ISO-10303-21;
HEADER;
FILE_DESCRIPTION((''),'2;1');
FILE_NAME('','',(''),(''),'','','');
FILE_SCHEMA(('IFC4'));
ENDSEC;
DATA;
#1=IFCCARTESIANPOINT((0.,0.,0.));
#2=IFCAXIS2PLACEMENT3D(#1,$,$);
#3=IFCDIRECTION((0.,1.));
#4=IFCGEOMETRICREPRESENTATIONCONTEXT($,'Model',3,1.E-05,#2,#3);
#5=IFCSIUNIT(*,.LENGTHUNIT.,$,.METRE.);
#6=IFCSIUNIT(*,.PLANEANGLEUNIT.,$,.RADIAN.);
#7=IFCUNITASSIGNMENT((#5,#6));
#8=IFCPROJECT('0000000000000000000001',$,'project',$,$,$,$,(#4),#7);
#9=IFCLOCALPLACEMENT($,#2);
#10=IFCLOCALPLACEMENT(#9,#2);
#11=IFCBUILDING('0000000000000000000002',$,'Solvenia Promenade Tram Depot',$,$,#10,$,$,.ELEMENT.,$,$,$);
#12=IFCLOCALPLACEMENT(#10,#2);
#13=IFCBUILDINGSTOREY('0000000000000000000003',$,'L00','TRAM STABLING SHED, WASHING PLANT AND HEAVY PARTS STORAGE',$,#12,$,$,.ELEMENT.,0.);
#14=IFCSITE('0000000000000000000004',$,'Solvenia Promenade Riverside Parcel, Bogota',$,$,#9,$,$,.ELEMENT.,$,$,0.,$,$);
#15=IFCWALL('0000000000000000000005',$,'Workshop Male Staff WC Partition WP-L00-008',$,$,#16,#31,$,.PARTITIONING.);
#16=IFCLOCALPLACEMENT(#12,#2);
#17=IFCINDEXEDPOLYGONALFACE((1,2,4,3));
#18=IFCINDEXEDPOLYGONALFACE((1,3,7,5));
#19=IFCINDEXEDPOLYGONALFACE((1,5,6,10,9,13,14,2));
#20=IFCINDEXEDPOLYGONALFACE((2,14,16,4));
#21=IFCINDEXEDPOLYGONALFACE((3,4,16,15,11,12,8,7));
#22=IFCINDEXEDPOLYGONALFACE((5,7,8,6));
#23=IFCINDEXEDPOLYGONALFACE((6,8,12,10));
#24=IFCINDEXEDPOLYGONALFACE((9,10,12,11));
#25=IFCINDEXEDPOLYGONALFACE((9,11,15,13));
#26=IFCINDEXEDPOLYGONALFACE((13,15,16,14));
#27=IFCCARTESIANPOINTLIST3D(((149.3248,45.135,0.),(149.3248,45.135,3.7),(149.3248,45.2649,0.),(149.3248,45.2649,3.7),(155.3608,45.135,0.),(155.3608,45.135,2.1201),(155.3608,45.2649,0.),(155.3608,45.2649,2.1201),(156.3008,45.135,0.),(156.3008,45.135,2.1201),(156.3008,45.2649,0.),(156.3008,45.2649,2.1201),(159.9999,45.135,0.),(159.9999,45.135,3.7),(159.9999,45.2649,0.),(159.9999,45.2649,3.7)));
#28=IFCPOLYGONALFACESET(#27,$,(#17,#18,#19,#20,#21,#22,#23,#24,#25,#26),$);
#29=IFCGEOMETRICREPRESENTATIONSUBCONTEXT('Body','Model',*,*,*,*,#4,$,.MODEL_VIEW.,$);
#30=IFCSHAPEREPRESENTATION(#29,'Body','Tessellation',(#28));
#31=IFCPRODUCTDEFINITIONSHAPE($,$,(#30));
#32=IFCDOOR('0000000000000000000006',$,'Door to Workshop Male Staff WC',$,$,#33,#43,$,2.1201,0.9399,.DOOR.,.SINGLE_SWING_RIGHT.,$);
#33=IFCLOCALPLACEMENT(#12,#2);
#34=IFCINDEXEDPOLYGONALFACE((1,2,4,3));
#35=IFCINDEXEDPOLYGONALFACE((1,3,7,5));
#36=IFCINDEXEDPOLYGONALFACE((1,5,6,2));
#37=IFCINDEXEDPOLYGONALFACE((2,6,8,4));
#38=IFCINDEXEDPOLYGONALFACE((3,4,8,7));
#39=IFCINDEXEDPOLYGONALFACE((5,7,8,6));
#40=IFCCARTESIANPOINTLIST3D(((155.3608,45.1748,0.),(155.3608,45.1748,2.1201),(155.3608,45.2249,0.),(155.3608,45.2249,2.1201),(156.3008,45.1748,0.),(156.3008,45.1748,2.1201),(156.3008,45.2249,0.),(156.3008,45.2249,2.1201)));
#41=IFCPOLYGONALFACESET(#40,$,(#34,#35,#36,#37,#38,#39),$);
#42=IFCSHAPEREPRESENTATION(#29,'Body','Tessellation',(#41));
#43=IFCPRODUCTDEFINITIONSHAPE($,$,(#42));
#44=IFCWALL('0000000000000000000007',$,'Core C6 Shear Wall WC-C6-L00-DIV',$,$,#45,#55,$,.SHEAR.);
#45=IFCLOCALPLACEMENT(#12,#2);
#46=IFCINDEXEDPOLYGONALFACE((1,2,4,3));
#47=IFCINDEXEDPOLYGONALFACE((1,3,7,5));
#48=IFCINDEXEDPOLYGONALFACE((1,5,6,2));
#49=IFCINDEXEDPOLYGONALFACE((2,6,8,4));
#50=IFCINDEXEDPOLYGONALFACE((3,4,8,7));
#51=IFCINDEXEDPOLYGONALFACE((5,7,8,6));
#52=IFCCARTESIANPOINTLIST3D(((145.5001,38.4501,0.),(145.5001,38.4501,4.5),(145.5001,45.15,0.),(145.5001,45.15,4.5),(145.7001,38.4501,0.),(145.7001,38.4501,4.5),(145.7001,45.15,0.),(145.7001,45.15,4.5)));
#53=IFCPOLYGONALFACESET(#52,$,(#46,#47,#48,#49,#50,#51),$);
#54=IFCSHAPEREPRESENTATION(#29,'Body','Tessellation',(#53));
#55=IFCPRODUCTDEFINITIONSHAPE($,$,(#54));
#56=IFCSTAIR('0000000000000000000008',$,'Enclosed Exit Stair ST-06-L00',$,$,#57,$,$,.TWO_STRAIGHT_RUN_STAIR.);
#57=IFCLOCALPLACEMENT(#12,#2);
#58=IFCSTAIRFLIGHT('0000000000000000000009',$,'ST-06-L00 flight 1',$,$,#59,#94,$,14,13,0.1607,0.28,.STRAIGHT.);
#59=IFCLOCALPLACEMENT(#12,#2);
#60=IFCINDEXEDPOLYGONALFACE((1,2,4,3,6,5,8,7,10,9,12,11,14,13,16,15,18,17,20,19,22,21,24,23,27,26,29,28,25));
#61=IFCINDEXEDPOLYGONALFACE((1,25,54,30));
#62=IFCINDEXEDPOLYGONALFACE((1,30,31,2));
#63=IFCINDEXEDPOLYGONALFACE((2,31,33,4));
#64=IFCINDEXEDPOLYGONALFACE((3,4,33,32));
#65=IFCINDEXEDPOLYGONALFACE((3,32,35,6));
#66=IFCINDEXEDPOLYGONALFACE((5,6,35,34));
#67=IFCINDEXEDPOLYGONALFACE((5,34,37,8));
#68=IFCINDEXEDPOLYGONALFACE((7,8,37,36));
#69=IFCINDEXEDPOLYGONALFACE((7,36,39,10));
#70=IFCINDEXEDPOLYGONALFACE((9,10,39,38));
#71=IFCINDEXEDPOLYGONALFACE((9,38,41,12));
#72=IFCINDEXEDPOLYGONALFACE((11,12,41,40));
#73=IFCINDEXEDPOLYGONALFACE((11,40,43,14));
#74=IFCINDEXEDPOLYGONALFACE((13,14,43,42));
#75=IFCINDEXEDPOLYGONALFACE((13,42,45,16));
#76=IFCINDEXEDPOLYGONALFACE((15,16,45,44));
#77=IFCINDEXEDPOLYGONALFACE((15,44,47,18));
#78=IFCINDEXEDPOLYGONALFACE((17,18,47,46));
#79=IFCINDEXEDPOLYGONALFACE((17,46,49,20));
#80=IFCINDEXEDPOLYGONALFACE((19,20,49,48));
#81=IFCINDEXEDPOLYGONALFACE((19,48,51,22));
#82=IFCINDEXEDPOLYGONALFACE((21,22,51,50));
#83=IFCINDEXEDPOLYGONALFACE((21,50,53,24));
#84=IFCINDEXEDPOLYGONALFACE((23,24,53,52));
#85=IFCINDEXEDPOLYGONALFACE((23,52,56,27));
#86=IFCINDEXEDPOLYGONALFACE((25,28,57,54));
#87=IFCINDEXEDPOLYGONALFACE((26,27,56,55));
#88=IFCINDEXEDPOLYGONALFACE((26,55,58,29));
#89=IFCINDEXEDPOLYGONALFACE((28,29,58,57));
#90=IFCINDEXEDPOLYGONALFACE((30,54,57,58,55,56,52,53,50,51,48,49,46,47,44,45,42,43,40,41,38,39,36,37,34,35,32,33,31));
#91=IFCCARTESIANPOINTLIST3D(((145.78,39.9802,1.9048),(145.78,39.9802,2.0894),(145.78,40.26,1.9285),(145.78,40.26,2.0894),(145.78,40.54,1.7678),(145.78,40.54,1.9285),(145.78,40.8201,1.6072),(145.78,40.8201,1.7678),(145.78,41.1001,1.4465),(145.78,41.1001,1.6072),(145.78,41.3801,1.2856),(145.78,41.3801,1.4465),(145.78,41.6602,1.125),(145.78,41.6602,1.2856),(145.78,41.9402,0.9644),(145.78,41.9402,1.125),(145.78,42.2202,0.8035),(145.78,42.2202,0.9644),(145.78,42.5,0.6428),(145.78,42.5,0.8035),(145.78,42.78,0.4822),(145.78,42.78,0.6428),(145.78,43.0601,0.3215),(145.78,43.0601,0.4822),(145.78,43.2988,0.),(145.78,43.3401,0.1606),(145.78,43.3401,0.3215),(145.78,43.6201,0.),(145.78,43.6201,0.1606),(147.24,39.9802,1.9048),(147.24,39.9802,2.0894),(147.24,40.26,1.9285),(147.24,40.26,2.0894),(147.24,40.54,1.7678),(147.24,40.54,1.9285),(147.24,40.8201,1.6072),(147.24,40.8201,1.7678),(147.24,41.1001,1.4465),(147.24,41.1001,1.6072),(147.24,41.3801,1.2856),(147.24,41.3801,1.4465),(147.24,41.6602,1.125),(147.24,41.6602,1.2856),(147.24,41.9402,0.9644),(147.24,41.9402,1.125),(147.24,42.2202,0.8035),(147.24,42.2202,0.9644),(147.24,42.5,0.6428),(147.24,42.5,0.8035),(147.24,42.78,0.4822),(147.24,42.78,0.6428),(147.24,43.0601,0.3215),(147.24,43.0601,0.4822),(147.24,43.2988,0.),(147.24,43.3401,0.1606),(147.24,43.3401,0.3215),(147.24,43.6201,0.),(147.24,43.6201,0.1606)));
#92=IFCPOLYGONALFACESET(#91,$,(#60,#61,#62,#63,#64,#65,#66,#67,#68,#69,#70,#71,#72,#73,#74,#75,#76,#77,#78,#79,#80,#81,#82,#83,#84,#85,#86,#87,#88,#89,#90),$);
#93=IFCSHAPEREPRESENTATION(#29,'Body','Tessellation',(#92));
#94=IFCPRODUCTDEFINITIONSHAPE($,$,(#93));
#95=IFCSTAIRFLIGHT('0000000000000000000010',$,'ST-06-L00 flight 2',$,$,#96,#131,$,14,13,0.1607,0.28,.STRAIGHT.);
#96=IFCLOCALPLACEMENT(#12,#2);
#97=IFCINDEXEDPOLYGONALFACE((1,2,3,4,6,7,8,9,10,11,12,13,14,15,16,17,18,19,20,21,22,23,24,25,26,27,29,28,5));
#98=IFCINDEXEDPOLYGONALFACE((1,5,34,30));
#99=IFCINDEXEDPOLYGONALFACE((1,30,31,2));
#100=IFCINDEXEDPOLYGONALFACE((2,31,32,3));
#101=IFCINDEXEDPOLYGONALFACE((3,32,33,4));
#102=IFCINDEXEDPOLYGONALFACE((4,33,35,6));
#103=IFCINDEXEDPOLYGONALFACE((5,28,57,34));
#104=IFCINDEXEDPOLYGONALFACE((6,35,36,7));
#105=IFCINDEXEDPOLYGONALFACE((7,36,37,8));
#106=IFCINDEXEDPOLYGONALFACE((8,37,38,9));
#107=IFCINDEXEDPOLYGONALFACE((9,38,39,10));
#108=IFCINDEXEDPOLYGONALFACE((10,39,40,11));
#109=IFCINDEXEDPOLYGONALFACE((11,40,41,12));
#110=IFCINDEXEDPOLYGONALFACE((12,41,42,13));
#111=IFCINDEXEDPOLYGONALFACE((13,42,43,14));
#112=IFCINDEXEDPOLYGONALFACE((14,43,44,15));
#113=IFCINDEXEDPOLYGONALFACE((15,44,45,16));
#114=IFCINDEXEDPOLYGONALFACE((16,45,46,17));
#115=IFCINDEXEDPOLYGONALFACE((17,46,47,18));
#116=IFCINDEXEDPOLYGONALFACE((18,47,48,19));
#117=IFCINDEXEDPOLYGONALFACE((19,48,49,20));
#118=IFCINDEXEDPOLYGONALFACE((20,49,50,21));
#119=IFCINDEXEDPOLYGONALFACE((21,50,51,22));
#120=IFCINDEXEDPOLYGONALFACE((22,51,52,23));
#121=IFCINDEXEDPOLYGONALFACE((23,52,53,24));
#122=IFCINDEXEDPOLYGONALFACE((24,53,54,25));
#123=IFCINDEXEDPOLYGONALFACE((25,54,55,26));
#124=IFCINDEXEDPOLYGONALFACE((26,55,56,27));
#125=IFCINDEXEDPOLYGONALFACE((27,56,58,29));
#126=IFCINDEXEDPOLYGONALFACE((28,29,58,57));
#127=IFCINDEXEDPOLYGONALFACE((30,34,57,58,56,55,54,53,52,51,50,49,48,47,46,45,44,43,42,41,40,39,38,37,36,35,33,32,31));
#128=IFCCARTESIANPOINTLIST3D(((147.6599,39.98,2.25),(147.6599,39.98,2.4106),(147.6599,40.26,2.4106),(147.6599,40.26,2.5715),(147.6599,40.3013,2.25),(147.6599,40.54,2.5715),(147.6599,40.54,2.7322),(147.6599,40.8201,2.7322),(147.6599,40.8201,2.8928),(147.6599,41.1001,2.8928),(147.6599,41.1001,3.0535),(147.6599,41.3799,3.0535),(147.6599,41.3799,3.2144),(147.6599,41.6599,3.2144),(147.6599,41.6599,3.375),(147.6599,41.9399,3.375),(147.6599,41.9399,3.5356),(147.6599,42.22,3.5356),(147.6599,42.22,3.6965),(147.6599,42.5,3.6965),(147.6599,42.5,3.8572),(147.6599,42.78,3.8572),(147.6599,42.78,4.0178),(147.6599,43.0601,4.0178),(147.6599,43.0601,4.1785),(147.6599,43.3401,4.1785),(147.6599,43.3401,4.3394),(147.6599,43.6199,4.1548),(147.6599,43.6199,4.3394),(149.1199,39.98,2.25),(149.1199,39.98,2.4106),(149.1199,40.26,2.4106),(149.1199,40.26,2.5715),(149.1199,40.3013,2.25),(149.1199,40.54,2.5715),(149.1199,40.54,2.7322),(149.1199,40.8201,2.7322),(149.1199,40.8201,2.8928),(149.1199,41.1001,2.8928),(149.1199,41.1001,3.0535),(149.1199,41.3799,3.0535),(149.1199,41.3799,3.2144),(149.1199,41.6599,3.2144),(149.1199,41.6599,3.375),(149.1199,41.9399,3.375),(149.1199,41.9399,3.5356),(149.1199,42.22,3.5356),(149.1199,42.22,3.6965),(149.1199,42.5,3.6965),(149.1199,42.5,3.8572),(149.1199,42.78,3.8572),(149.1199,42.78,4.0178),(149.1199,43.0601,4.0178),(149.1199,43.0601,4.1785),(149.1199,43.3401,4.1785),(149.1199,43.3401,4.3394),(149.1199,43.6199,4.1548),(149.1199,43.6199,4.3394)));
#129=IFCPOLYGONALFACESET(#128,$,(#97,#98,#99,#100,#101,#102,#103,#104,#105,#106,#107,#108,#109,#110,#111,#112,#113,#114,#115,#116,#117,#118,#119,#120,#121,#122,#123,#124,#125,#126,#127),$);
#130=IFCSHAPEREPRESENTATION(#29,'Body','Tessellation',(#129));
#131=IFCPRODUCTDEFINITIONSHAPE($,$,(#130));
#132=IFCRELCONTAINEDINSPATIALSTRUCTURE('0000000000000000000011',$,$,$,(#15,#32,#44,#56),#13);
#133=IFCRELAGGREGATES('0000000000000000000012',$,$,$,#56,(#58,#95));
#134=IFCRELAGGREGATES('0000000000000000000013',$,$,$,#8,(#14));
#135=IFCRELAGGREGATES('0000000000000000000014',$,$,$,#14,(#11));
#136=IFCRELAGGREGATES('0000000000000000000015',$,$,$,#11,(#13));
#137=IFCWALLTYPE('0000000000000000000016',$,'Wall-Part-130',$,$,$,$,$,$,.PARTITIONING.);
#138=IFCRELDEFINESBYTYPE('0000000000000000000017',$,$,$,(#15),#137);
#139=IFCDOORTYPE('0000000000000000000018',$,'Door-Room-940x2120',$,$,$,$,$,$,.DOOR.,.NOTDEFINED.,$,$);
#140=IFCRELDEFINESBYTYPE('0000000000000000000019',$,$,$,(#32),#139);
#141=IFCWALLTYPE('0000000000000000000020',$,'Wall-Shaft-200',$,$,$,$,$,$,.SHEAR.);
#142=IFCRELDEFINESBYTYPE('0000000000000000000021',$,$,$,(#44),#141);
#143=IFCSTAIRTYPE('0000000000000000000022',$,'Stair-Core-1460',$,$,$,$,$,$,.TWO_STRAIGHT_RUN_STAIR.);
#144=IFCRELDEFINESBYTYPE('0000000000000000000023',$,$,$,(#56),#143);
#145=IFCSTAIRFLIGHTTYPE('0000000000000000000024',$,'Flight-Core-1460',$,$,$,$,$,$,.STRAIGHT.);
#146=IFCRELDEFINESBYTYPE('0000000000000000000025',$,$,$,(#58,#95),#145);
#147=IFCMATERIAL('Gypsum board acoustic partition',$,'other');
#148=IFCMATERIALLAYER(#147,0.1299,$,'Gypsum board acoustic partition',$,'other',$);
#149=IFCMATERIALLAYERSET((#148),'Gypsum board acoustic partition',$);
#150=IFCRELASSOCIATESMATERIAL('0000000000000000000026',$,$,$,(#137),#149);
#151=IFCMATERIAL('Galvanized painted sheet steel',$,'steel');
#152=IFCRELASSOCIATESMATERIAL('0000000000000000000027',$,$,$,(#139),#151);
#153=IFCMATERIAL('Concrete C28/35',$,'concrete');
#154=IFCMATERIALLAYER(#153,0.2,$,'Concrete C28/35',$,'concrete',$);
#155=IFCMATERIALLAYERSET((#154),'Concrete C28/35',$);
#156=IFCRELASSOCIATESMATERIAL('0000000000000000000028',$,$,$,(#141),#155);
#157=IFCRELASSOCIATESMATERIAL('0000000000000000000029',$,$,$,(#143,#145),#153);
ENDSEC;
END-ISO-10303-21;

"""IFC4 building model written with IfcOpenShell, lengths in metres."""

from ifc_helpers import new_model, si_unit, direction, frame, frame_2d, origin, place, context, subcontext, project, spatial, polyline, rectangle, outline, extrude, material, layer, layer_set, type_object, element, fill, aggregate, save


model = new_model("IFC4")

# Units and contexts
model_context = context("Model", 3, precision=1e-05, world=origin(), true_north=direction((0.0, 1.0)))
body_context = subcontext(model_context, "Body", "Model", "MODEL_VIEW")
ifc_project = project(units=[si_unit("LENGTHUNIT", "METRE"), si_unit("PLANEANGLEUNIT", "RADIAN")], contexts=[model_context])

# Site, building, storey
site_placement = place(None, origin())
site = spatial("IfcSite", under=ifc_project, at=site_placement, Name="Solvenia Promenade Riverside Parcel, Bogota", CompositionType="ELEMENT", RefElevation=0.0)
building_placement = place(site_placement, origin())
building = spatial("IfcBuilding", under=site, at=building_placement, Name="Solvenia Promenade Tram Depot", CompositionType="ELEMENT")
storey_placement = place(building_placement, origin())
storey = spatial("IfcBuildingStorey", under=building, at=storey_placement, Name="L00", Description="TRAM STABLING SHED, WASHING PLANT AND HEAVY PARTS STORAGE", CompositionType="ELEMENT", Elevation=0.0)

# Shared definitions
ifc_material_1 = material(Name="Concrete C28/35", Category="concrete")

# Wall, opening, door
ifc_material_2 = material(Name="Gypsum board acoustic partition", Category="other")
ifc_layer_1 = layer(ifc_material_2, 0.1299, Name="Gypsum board acoustic partition", Category="other")
ifc_layer_set_1 = layer_set([ifc_layer_1], Name="Gypsum board acoustic partition")
wall_type_1 = type_object("IfcWallType", Name="Wall-Part-130", PredefinedType="PARTITIONING", material=ifc_layer_set_1)
wall_1_placement = place(storey_placement, frame((149.325, 45.2, 0.0), z_axis=(0.0, 0.0, 1.0), x_axis=(1.0, 0.0, 0.0)))
wall_1 = element("IfcWall", 1, at=wall_1_placement, inside=storey, type_object=wall_type_1, Name="Workshop Male Staff WC Partition WP-L00-008", PredefinedType="PARTITIONING", context=body_context, shape_type="SweptSolid", body=[
    extrude(rectangle(XDim=10.675, YDim=0.1299, at=frame_2d((5.3374, 0.0))), origin(), (0.0, 0.0, 1.0), 3.7),
])
opening_placement = place(wall_1_placement, frame((6.0359, 0.0, 0.0)))
opening = element("IfcOpeningElement", 2, at=opening_placement, cuts=wall_1, PredefinedType="OPENING", context=body_context, shape_type="SweptSolid", body=[
    extrude(rectangle(XDim=0.9399, YDim=2.1201, at=frame_2d((0.47, 1.0601))), frame((0.0, 0.075, 0.0), z_axis=(0.0, -1.0, 0.0), x_axis=(1.0, 0.0, 0.0)), (0.0, 0.0, 1.0), 0.1499),
])
ifc_material_3 = material(Name="Galvanized painted sheet steel", Category="steel")
door_type = type_object("IfcDoorType", Name="Door-Room-940x2120", OperationType="NOTDEFINED", PredefinedType="DOOR", material=ifc_material_3)
door_placement = place(opening_placement, origin())
door = element("IfcDoor", 3, at=door_placement, inside=storey, type_object=door_type, Name="Door to Workshop Male Staff WC", OperationType="SINGLE_SWING_RIGHT", OverallHeight=2.1201, OverallWidth=0.9399, PredefinedType="DOOR", context=body_context, shape_type="SweptSolid", body=[
    extrude(rectangle(XDim=0.9399, YDim=2.1201, at=frame_2d((0.47, 1.0601))), frame((0.0, 0.0249, 0.0), z_axis=(0.0, -1.0, 0.0), x_axis=(1.0, 0.0, 0.0)), (0.0, 0.0, 1.0), 0.05),
])
fill(opening, door)

# Wall
ifc_layer_2 = layer(ifc_material_1, 0.2, Name="Concrete C28/35", Category="concrete")
ifc_layer_set_2 = layer_set([ifc_layer_2], Name="Concrete C28/35")
wall_type_2 = type_object("IfcWallType", Name="Wall-Shaft-200", PredefinedType="SHEAR", material=ifc_layer_set_2)
wall_2_placement = place(storey_placement, frame((145.6001, 38.45, 0.0), z_axis=(0.0, 0.0, 1.0), x_axis=(0.0, 1.0, 0.0)))
element("IfcWall", 4, at=wall_2_placement, inside=storey, type_object=wall_type_2, Name="Core C6 Shear Wall WC-C6-L00-DIV", PredefinedType="SHEAR", context=body_context, shape_type="SweptSolid", body=[
    extrude(rectangle(XDim=6.7, YDim=0.2, at=frame_2d((3.3501, 0.0))), origin(), (0.0, 0.0, 1.0), 4.5),
])

# Stair, stair flights
stair_type = type_object("IfcStairType", Name="Stair-Core-1460", PredefinedType="TWO_STRAIGHT_RUN_STAIR", material=ifc_material_1)
stair_placement = place(storey_placement, origin())
stair = element("IfcStair", 5, at=stair_placement, inside=storey, type_object=stair_type, Name="Enclosed Exit Stair ST-06-L00", PredefinedType="TWO_STRAIGHT_RUN_STAIR")
stair_flight_type = type_object("IfcStairFlightType", Name="Flight-Core-1460", PredefinedType="STRAIGHT", material=ifc_material_1)
stair_flight_1_placement = place(storey_placement, frame((146.51, 43.6201, 0.0), z_axis=(0.0, 0.0, 1.0), x_axis=(0.0, -1.0, 0.0)))
stair_flight_1 = element("IfcStairFlight", 6, at=stair_flight_1_placement, type_object=stair_flight_type, Name="ST-06-L00 flight 1", NumberOfRisers=14, NumberOfTreads=13, PredefinedType="STRAIGHT", RiserHeight=0.1607, TreadLength=0.28, context=body_context, shape_type="SweptSolid", body=[
    extrude(outline(polyline([(0.0, 0.0), (0.0, 0.1606), (0.28, 0.1606), (0.28, 0.3215), (0.5601, 0.3215), (0.5601, 0.4822), (0.8401, 0.4822), (0.8401, 0.6428), (1.1201, 0.6428), (1.1201, 0.8035), (1.3999, 0.8035), (1.3999, 0.9644), (1.6799, 0.9644), (1.6799, 1.125), (1.96, 1.125), (1.96, 1.2856), (2.24, 1.2856), (2.24, 1.4465), (2.52, 1.4465), (2.52, 1.6072), (2.8, 1.6072), (2.8, 1.7678), (3.0801, 1.7678), (3.0801, 1.9285), (3.3601, 1.9285), (3.3601, 2.0894), (3.6399, 2.0894), (3.6399, 2.25), (3.6399, 1.9048), (0.3213, 0.0), (0.0, 0.0)])), frame((0.0, 0.73, 0.0), z_axis=(0.0, -1.0, 0.0), x_axis=(1.0, 0.0, 0.0)), (0.0, 0.0, 1.0), 1.46),
])
stair_flight_2_placement = place(storey_placement, frame((148.3899, 39.98, 2.25), z_axis=(0.0, 0.0, 1.0), x_axis=(0.0, 1.0, 0.0)))
stair_flight_2 = element("IfcStairFlight", 7, at=stair_flight_2_placement, type_object=stair_flight_type, Name="ST-06-L00 flight 2", NumberOfRisers=14, NumberOfTreads=13, PredefinedType="STRAIGHT", RiserHeight=0.1607, TreadLength=0.28, context=body_context, shape_type="SweptSolid", body=[
    extrude(outline(polyline([(0.0, 0.0), (0.0, 0.1606), (0.28, 0.1606), (0.28, 0.3215), (0.5601, 0.3215), (0.5601, 0.4822), (0.8401, 0.4822), (0.8401, 0.6428), (1.1201, 0.6428), (1.1201, 0.8035), (1.3999, 0.8035), (1.3999, 0.9644), (1.6799, 0.9644), (1.6799, 1.125), (1.96, 1.125), (1.96, 1.2856), (2.24, 1.2856), (2.24, 1.4465), (2.52, 1.4465), (2.52, 1.6072), (2.8, 1.6072), (2.8, 1.7678), (3.0801, 1.7678), (3.0801, 1.9285), (3.3601, 1.9285), (3.3601, 2.0894), (3.6399, 2.0894), (3.6399, 2.25), (3.6399, 1.9048), (0.3213, 0.0), (0.0, 0.0)])), frame((0.0, 0.73, 0.0), z_axis=(0.0, -1.0, 0.0), x_axis=(1.0, 0.0, 0.0)), (0.0, 0.0, 1.0), 1.46),
])
aggregate(stair, [stair_flight_1, stair_flight_2])

save(model, "model.ifc")
